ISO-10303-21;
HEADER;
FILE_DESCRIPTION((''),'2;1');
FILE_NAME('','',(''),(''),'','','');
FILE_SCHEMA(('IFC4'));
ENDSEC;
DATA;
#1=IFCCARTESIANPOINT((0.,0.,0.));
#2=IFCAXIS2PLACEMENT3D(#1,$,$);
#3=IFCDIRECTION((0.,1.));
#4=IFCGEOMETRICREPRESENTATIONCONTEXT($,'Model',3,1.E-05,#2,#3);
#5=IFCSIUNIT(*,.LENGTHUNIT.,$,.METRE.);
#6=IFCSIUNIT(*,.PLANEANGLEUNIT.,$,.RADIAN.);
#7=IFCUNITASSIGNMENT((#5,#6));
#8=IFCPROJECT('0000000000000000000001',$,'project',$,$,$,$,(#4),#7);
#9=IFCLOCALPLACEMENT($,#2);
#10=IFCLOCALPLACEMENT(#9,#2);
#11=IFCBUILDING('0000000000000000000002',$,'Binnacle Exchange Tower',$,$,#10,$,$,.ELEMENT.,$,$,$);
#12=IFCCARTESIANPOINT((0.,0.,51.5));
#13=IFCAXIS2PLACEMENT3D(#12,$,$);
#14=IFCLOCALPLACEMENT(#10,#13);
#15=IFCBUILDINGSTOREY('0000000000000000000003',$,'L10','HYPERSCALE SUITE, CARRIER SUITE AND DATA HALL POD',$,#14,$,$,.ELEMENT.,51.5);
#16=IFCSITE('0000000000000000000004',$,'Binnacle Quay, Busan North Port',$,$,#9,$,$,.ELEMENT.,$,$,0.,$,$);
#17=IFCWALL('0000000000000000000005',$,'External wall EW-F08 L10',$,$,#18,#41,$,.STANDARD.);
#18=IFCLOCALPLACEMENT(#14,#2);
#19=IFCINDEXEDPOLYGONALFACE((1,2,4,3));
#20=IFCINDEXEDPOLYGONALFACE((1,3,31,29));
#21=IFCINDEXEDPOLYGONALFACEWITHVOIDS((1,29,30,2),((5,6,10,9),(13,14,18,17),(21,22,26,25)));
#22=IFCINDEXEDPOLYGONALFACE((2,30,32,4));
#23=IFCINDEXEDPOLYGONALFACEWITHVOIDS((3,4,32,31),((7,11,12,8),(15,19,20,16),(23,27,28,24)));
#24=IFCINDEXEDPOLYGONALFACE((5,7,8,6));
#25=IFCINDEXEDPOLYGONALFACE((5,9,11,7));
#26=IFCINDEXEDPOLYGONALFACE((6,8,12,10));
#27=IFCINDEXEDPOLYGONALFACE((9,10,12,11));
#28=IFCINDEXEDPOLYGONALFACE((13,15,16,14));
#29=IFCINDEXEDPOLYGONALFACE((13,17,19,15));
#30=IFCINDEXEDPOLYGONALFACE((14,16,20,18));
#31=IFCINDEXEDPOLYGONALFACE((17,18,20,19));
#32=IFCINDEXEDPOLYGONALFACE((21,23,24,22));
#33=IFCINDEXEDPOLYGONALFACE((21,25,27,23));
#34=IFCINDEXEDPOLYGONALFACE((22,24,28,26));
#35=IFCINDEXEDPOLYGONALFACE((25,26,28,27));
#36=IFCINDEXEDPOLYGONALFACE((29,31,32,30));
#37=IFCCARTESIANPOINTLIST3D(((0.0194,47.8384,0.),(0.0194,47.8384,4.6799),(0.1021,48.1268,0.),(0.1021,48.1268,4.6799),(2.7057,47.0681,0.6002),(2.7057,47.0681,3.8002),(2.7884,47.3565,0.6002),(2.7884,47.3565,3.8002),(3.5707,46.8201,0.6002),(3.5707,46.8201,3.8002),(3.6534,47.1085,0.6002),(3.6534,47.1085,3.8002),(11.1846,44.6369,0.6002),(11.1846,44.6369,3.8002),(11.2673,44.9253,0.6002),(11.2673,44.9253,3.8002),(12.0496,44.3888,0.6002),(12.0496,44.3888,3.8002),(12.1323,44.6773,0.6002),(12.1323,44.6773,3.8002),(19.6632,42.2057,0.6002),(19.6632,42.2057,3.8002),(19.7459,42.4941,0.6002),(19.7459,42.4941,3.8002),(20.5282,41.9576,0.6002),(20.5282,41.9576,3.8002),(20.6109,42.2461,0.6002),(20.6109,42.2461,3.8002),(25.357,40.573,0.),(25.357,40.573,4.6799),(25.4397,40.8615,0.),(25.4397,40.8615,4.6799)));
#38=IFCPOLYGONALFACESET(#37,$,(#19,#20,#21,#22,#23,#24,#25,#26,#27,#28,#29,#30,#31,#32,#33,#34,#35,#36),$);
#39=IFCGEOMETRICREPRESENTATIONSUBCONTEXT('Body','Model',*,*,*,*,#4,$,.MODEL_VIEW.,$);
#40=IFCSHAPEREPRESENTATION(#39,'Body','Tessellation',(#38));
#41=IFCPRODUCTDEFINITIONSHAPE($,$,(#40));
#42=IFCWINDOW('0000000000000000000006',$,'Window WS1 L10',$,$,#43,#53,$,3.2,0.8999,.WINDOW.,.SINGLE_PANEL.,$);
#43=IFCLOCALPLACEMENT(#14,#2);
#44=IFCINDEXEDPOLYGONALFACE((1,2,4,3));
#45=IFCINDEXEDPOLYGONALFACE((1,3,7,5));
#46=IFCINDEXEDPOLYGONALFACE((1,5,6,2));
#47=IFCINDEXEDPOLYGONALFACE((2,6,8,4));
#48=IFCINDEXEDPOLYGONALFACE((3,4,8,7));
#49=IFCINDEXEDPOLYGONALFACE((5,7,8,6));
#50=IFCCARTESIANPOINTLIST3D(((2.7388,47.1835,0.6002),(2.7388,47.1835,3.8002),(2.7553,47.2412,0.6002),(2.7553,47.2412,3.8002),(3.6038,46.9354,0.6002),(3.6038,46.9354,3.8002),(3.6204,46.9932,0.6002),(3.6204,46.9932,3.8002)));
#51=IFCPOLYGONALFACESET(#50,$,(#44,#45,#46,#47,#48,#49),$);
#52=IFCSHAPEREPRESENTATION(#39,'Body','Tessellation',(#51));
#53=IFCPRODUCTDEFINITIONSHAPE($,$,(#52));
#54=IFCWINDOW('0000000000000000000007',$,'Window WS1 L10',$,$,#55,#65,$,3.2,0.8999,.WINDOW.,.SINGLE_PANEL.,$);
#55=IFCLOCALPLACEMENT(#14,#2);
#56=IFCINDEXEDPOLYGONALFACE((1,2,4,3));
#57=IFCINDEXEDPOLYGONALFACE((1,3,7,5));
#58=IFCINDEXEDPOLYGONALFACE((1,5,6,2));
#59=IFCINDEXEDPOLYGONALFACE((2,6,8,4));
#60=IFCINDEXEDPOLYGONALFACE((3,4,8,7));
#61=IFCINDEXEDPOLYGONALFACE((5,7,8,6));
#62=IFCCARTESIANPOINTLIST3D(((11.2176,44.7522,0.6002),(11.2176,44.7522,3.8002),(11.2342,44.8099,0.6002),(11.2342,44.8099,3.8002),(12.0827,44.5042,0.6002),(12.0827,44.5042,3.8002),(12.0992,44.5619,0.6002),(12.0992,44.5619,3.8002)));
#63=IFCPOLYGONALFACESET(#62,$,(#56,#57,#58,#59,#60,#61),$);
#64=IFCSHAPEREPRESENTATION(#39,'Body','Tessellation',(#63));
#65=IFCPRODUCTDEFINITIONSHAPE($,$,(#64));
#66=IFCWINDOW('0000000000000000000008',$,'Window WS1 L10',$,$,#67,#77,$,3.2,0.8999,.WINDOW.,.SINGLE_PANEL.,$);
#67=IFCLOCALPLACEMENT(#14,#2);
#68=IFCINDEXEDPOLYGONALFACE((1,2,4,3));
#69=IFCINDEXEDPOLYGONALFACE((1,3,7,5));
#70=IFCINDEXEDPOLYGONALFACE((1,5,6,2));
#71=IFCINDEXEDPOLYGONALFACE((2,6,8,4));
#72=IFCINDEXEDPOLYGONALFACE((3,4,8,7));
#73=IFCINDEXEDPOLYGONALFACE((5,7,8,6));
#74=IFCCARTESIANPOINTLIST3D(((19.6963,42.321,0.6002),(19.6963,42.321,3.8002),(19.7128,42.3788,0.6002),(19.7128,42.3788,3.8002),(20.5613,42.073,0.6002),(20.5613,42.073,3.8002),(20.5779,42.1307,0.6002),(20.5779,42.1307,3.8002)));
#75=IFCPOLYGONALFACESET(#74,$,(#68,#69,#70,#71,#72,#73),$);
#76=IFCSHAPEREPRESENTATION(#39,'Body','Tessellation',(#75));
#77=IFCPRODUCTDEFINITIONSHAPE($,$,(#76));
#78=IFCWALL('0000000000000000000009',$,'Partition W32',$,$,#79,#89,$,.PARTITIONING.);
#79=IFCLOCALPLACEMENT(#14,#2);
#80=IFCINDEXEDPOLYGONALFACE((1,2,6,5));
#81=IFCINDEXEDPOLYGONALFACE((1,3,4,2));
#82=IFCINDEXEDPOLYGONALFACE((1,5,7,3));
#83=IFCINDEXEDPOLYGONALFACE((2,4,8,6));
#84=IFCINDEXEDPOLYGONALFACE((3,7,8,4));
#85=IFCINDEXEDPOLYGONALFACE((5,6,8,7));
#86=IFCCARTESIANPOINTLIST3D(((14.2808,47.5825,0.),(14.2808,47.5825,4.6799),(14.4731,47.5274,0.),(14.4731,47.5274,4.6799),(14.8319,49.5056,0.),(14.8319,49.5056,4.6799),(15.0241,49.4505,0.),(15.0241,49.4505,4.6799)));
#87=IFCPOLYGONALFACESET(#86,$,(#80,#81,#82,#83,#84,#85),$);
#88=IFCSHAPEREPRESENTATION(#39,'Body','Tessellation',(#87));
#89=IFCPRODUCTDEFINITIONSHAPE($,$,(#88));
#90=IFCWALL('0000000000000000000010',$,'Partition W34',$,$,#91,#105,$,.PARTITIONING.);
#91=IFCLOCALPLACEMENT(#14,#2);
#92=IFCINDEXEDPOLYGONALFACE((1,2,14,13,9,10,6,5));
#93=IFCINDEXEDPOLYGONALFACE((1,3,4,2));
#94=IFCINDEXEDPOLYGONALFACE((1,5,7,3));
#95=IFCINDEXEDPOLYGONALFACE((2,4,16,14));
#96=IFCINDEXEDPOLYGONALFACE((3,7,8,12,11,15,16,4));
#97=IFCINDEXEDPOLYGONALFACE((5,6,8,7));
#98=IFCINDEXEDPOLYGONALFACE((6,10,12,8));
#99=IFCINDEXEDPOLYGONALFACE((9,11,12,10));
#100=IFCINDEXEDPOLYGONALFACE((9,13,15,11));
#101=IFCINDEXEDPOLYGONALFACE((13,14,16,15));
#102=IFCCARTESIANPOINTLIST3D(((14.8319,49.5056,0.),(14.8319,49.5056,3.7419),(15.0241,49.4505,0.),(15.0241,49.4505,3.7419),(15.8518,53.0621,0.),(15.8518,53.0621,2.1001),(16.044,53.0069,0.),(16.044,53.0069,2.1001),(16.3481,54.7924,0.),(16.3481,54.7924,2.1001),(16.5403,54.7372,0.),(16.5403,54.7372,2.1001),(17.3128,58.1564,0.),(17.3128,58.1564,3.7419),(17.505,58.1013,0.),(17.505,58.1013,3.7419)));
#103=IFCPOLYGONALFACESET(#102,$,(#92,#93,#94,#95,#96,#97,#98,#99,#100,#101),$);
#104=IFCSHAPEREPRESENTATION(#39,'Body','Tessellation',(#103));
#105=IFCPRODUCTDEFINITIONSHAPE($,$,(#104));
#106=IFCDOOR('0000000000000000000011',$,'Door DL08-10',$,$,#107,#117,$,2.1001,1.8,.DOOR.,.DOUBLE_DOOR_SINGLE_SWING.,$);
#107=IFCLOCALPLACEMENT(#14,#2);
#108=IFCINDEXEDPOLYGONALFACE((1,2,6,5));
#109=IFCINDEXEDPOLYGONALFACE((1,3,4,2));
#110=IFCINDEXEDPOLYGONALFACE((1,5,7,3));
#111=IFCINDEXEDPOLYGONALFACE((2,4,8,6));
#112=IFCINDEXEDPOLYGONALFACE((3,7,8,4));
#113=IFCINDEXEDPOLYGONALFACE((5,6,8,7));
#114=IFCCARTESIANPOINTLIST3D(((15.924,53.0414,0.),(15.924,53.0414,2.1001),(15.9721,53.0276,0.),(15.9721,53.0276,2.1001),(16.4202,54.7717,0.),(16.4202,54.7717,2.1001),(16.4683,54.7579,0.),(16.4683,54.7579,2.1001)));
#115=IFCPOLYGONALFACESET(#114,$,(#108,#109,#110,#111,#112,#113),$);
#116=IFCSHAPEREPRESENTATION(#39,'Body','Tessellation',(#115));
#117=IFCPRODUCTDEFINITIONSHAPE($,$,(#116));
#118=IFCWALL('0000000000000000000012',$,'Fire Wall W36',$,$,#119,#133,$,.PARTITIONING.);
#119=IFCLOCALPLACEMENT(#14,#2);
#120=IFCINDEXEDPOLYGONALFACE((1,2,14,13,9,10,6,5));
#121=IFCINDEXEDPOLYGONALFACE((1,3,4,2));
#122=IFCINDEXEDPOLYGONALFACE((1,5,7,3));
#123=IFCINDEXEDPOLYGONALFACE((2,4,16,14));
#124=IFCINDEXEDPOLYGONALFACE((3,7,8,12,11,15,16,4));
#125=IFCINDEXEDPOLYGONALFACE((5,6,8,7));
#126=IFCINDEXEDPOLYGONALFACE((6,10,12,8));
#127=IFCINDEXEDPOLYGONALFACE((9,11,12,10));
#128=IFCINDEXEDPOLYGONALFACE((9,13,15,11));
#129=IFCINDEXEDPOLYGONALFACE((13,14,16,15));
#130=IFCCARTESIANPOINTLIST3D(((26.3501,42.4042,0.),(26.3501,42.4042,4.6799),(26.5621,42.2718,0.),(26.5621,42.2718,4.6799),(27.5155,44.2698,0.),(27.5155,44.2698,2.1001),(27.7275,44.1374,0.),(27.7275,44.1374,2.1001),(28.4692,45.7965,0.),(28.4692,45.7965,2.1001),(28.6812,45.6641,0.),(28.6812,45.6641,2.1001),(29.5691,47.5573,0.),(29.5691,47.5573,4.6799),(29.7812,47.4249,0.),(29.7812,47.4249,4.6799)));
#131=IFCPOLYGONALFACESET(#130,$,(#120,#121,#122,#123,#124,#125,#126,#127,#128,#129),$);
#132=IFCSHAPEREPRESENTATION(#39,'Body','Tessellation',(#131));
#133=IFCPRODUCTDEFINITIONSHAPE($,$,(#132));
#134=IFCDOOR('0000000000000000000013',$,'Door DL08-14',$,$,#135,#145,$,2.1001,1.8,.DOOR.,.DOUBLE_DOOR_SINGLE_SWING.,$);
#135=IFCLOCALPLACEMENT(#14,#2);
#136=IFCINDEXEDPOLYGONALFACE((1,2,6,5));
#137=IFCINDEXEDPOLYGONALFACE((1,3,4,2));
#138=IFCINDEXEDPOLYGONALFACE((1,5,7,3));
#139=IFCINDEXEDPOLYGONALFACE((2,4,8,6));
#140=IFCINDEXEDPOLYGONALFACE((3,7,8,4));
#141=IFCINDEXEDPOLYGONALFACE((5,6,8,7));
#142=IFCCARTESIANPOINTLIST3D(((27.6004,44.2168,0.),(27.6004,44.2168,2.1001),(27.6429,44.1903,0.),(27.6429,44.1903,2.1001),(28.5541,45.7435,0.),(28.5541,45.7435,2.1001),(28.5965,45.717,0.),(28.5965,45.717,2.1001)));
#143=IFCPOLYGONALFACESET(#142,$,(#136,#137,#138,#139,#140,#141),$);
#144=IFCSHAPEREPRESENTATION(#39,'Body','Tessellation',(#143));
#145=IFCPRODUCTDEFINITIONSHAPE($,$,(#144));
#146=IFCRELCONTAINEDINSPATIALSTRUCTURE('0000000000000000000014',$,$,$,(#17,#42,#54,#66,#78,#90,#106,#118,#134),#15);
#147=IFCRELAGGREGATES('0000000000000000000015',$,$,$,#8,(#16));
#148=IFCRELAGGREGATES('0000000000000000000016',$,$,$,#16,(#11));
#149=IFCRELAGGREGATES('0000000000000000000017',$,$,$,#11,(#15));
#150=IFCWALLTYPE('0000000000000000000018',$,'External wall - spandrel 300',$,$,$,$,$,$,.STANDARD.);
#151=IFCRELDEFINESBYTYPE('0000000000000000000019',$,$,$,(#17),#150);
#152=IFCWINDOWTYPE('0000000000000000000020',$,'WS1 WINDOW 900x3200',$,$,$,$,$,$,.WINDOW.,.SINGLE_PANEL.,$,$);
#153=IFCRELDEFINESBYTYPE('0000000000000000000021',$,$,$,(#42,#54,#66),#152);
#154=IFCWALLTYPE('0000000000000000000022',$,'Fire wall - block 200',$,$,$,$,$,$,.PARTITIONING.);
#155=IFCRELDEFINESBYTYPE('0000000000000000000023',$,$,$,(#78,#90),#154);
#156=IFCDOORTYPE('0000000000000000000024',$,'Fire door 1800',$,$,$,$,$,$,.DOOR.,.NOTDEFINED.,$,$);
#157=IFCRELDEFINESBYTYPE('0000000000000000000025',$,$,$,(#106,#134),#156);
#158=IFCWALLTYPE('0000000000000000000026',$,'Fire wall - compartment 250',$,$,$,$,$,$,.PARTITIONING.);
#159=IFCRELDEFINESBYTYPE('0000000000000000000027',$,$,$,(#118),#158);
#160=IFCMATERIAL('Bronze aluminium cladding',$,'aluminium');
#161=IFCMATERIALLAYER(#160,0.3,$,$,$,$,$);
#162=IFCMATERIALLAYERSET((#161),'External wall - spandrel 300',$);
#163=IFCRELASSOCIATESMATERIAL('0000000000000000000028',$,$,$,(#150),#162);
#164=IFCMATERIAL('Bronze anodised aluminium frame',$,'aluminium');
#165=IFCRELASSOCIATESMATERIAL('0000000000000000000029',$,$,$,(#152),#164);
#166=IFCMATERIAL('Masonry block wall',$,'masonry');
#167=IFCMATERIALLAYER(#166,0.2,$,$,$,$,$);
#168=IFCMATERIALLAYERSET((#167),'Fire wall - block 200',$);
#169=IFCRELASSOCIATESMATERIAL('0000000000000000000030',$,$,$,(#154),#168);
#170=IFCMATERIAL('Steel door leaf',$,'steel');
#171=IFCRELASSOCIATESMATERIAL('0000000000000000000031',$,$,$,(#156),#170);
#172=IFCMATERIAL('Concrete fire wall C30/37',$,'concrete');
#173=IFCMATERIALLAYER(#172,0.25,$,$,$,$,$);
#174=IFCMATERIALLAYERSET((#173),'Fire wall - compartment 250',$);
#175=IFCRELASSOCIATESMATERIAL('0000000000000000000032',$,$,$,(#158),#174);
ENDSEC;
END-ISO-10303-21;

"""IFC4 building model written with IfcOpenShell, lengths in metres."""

from ifc_helpers import new_model, si_unit, direction, frame, frame_2d, origin, place, context, subcontext, project, spatial, rectangle, extrude, material, layer, layer_set, type_object, element, fill, save


model = new_model("IFC4")

# Units and contexts
model_context = context("Model", 3, precision=1e-05, world=origin(), true_north=direction((0.0, 1.0)))
body_context = subcontext(model_context, "Body", "Model", "MODEL_VIEW")
ifc_project = project(units=[si_unit("LENGTHUNIT", "METRE"), si_unit("PLANEANGLEUNIT", "RADIAN")], contexts=[model_context])

# Site, building, storey
site_placement = place(None, origin())
site = spatial("IfcSite", under=ifc_project, at=site_placement, Name="Binnacle Quay, Busan North Port", CompositionType="ELEMENT", RefElevation=0.0)
building_placement = place(site_placement, origin())
building = spatial("IfcBuilding", under=site, at=building_placement, Name="Binnacle Exchange Tower", CompositionType="ELEMENT")
storey_placement = place(building_placement, frame((0.0, 0.0, 51.5)))
storey = spatial("IfcBuildingStorey", under=building, at=storey_placement, Name="L10", Description="HYPERSCALE SUITE, CARRIER SUITE AND DATA HALL POD", CompositionType="ELEMENT", Elevation=51.5)

# Shared definitions
ifc_material_1 = material(Name="Steel door leaf", Category="steel")

# Wall, openings, windows
ifc_material_2 = material(Name="Bronze aluminium cladding", Category="aluminium")
ifc_layer_1 = layer(ifc_material_2, 0.3)
ifc_layer_set_1 = layer_set([ifc_layer_1], Name="External wall - spandrel 300")
wall_type_1 = type_object("IfcWallType", Name="External wall - spandrel 300", PredefinedType="STANDARD", material=ifc_layer_set_1)
wall_1_placement = place(storey_placement, frame((25.3982, 40.7173, 0.0), z_axis=(0.0, 0.0, 1.0), x_axis=(-0.961262, 0.275635, 0.0)))
wall_1 = element("IfcWall", 1, at=wall_1_placement, inside=storey, type_object=wall_type_1, Name="External wall EW-F08 L10", PredefinedType="STANDARD", context=body_context, shape_type="SweptSolid", body=[
    extrude(rectangle(XDim=26.3586, YDim=0.3, at=frame_2d((13.1792, 0.0))), origin(), (0.0, 0.0, 1.0), 4.6799),
])
opening_1_placement = place(wall_1_placement, frame((22.6641, 0.0, 0.6001)))
opening_1 = element("IfcOpeningElement", 2, at=opening_1_placement, cuts=wall_1, PredefinedType="OPENING", context=body_context, shape_type="SweptSolid", body=[
    extrude(rectangle(XDim=0.8999, YDim=3.2, at=frame_2d((0.45, 1.6001))), frame((0.0, 0.1599, 0.0), z_axis=(0.0, -1.0, 0.0), x_axis=(1.0, 0.0, 0.0)), (0.0, 0.0, 1.0), 0.3201),
])
opening_2_placement = place(wall_1_placement, frame((13.8435, 0.0, 0.6001)))
opening_2 = element("IfcOpeningElement", 3, at=opening_2_placement, cuts=wall_1, PredefinedType="OPENING", context=body_context, shape_type="SweptSolid", body=[
    extrude(rectangle(XDim=0.8999, YDim=3.2, at=frame_2d((0.45, 1.6001))), frame((0.0, 0.1599, 0.0), z_axis=(0.0, -1.0, 0.0), x_axis=(1.0, 0.0, 0.0)), (0.0, 0.0, 1.0), 0.3201),
])
opening_3_placement = place(wall_1_placement, frame((5.0232, 0.0, 0.6001)))
opening_3 = element("IfcOpeningElement", 4, at=opening_3_placement, cuts=wall_1, PredefinedType="OPENING", context=body_context, shape_type="SweptSolid", body=[
    extrude(rectangle(XDim=0.8999, YDim=3.2, at=frame_2d((0.45, 1.6001))), frame((0.0, 0.1599, 0.0), z_axis=(0.0, -1.0, 0.0), x_axis=(1.0, 0.0, 0.0)), (0.0, 0.0, 1.0), 0.3201),
])
ifc_material_3 = material(Name="Bronze anodised aluminium frame", Category="aluminium")
window_type = type_object("IfcWindowType", Name="WS1 WINDOW 900x3200", PartitioningType="SINGLE_PANEL", PredefinedType="WINDOW", material=ifc_material_3)
window_1_placement = place(opening_1_placement, origin())
window_1 = element("IfcWindow", 5, at=window_1_placement, inside=storey, type_object=window_type, Name="Window WS1 L10", OverallHeight=3.2, OverallWidth=0.8999, PartitioningType="SINGLE_PANEL", PredefinedType="WINDOW", context=body_context, shape_type="SweptSolid", body=[
    extrude(rectangle(XDim=0.8999, YDim=3.2, at=frame_2d((0.45, 1.6001))), frame((0.0, 0.03, 0.0), z_axis=(0.0, -1.0, 0.0), x_axis=(1.0, 0.0, 0.0)), (0.0, 0.0, 1.0), 0.0601),
])
fill(opening_1, window_1)
window_2_placement = place(opening_2_placement, origin())
window_2 = element("IfcWindow", 6, at=window_2_placement, inside=storey, type_object=window_type, Name="Window WS1 L10", OverallHeight=3.2, OverallWidth=0.8999, PartitioningType="SINGLE_PANEL", PredefinedType="WINDOW", context=body_context, shape_type="SweptSolid", body=[
    extrude(rectangle(XDim=0.8999, YDim=3.2, at=frame_2d((0.45, 1.6001))), frame((0.0, 0.03, 0.0), z_axis=(0.0, -1.0, 0.0), x_axis=(1.0, 0.0, 0.0)), (0.0, 0.0, 1.0), 0.0601),
])
fill(opening_2, window_2)
window_3_placement = place(opening_3_placement, origin())
window_3 = element("IfcWindow", 7, at=window_3_placement, inside=storey, type_object=window_type, Name="Window WS1 L10", OverallHeight=3.2, OverallWidth=0.8999, PartitioningType="SINGLE_PANEL", PredefinedType="WINDOW", context=body_context, shape_type="SweptSolid", body=[
    extrude(rectangle(XDim=0.8999, YDim=3.2, at=frame_2d((0.45, 1.6001))), frame((0.0, 0.03, 0.0), z_axis=(0.0, -1.0, 0.0), x_axis=(1.0, 0.0, 0.0)), (0.0, 0.0, 1.0), 0.0601),
])
fill(opening_3, window_3)

# Wall
ifc_material_4 = material(Name="Masonry block wall", Category="masonry")
ifc_layer_2 = layer(ifc_material_4, 0.2)
ifc_layer_set_2 = layer_set([ifc_layer_2], Name="Fire wall - block 200")
wall_type_2 = type_object("IfcWallType", Name="Fire wall - block 200", PredefinedType="PARTITIONING", material=ifc_layer_set_2)
wall_2_placement = place(storey_placement, frame((14.377, 47.5549, 0.0), z_axis=(0.0, 0.0, 1.0), x_axis=(0.275446, 0.961316, 0.0)))
element("IfcWall", 8, at=wall_2_placement, inside=storey, type_object=wall_type_2, Name="Partition W32", PredefinedType="PARTITIONING", context=body_context, shape_type="SweptSolid", body=[
    extrude(rectangle(XDim=2.0005, YDim=0.2, at=frame_2d((1.0002, 0.0))), origin(), (0.0, 0.0, 1.0), 4.6799),
])

# Walls, openings, doors
wall_3_placement = place(storey_placement, frame((14.928, 49.478, 0.0), z_axis=(0.0, 0.0, 1.0), x_axis=(0.275674, 0.961251, 0.0)))
wall_3 = element("IfcWall", 9, at=wall_3_placement, inside=storey, type_object=wall_type_2, Name="Partition W34", PredefinedType="PARTITIONING", context=body_context, shape_type="SweptSolid", body=[
    extrude(rectangle(XDim=8.9995, YDim=0.2, at=frame_2d((4.4998, 0.0))), origin(), (0.0, 0.0, 1.0), 3.7419),
])
opening_4_placement = place(wall_3_placement, frame((3.7, 0.0, 0.0)))
opening_4 = element("IfcOpeningElement", 10, at=opening_4_placement, cuts=wall_3, PredefinedType="OPENING", context=body_context, shape_type="SweptSolid", body=[
    extrude(rectangle(XDim=1.8, YDim=2.1001, at=frame_2d((0.8999, 1.05))), frame((0.0, 0.1099, 0.0), z_axis=(0.0, -1.0, 0.0), x_axis=(1.0, 0.0, 0.0)), (0.0, 0.0, 1.0), 0.22),
])
door_type_1 = type_object("IfcDoorType", Name="Fire door 1800", OperationType="NOTDEFINED", PredefinedType="DOOR", material=ifc_material_1)
door_1_placement = place(opening_4_placement, origin())
door_1 = element("IfcDoor", 11, at=door_1_placement, inside=storey, type_object=door_type_1, Name="Door DL08-10", OperationType="DOUBLE_DOOR_SINGLE_SWING", OverallHeight=2.1001, OverallWidth=1.8, PredefinedType="DOOR", context=body_context, shape_type="SweptSolid", body=[
    extrude(rectangle(XDim=1.8, YDim=2.1001, at=frame_2d((0.8999, 1.05))), frame((0.0, 0.0249, 0.0), z_axis=(0.0, -1.0, 0.0), x_axis=(1.0, 0.0, 0.0)), (0.0, 0.0, 1.0), 0.05),
])
fill(opening_4, door_1)
ifc_material_5 = material(Name="Concrete fire wall C30/37", Category="concrete")
ifc_layer_3 = layer(ifc_material_5, 0.25)
ifc_layer_set_3 = layer_set([ifc_layer_3], Name="Fire wall - compartment 250")
wall_type_3 = type_object("IfcWallType", Name="Fire wall - compartment 250", PredefinedType="PARTITIONING", material=ifc_layer_set_3)
wall_4_placement = place(storey_placement, frame((26.4561, 42.3379, 0.0), z_axis=(0.0, 0.0, 1.0), x_axis=(0.5298, 0.848122, 0.0)))
wall_4 = element("IfcWall", 12, at=wall_4_placement, inside=storey, type_object=wall_type_3, Name="Fire Wall W36", PredefinedType="PARTITIONING", context=body_context, shape_type="SweptSolid", body=[
    extrude(rectangle(XDim=6.0759, YDim=0.25, at=frame_2d((3.0381, 0.0))), origin(), (0.0, 0.0, 1.0), 4.6799),
])
opening_5_placement = place(wall_4_placement, frame((2.2, 0.0, 0.0)))
opening_5 = element("IfcOpeningElement", 13, at=opening_5_placement, cuts=wall_4, PredefinedType="OPENING", context=body_context, shape_type="SweptSolid", body=[
    extrude(rectangle(XDim=1.8, YDim=2.1001, at=frame_2d((0.8999, 1.05))), frame((0.0, 0.135, 0.0), z_axis=(0.0, -1.0, 0.0), x_axis=(1.0, 0.0, 0.0)), (0.0, 0.0, 1.0), 0.27),
])
door_2_placement = place(opening_5_placement, origin())
door_2 = element("IfcDoor", 14, at=door_2_placement, inside=storey, type_object=door_type_1, Name="Door DL08-14", OperationType="DOUBLE_DOOR_SINGLE_SWING", OverallHeight=2.1001, OverallWidth=1.8, PredefinedType="DOOR", context=body_context, shape_type="SweptSolid", body=[
    extrude(rectangle(XDim=1.8, YDim=2.1001, at=frame_2d((0.8999, 1.05))), frame((0.0, 0.0249, 0.0), z_axis=(0.0, -1.0, 0.0), x_axis=(1.0, 0.0, 0.0)), (0.0, 0.0, 1.0), 0.05),
])
fill(opening_5, door_2)

save(model, "model.ifc")
